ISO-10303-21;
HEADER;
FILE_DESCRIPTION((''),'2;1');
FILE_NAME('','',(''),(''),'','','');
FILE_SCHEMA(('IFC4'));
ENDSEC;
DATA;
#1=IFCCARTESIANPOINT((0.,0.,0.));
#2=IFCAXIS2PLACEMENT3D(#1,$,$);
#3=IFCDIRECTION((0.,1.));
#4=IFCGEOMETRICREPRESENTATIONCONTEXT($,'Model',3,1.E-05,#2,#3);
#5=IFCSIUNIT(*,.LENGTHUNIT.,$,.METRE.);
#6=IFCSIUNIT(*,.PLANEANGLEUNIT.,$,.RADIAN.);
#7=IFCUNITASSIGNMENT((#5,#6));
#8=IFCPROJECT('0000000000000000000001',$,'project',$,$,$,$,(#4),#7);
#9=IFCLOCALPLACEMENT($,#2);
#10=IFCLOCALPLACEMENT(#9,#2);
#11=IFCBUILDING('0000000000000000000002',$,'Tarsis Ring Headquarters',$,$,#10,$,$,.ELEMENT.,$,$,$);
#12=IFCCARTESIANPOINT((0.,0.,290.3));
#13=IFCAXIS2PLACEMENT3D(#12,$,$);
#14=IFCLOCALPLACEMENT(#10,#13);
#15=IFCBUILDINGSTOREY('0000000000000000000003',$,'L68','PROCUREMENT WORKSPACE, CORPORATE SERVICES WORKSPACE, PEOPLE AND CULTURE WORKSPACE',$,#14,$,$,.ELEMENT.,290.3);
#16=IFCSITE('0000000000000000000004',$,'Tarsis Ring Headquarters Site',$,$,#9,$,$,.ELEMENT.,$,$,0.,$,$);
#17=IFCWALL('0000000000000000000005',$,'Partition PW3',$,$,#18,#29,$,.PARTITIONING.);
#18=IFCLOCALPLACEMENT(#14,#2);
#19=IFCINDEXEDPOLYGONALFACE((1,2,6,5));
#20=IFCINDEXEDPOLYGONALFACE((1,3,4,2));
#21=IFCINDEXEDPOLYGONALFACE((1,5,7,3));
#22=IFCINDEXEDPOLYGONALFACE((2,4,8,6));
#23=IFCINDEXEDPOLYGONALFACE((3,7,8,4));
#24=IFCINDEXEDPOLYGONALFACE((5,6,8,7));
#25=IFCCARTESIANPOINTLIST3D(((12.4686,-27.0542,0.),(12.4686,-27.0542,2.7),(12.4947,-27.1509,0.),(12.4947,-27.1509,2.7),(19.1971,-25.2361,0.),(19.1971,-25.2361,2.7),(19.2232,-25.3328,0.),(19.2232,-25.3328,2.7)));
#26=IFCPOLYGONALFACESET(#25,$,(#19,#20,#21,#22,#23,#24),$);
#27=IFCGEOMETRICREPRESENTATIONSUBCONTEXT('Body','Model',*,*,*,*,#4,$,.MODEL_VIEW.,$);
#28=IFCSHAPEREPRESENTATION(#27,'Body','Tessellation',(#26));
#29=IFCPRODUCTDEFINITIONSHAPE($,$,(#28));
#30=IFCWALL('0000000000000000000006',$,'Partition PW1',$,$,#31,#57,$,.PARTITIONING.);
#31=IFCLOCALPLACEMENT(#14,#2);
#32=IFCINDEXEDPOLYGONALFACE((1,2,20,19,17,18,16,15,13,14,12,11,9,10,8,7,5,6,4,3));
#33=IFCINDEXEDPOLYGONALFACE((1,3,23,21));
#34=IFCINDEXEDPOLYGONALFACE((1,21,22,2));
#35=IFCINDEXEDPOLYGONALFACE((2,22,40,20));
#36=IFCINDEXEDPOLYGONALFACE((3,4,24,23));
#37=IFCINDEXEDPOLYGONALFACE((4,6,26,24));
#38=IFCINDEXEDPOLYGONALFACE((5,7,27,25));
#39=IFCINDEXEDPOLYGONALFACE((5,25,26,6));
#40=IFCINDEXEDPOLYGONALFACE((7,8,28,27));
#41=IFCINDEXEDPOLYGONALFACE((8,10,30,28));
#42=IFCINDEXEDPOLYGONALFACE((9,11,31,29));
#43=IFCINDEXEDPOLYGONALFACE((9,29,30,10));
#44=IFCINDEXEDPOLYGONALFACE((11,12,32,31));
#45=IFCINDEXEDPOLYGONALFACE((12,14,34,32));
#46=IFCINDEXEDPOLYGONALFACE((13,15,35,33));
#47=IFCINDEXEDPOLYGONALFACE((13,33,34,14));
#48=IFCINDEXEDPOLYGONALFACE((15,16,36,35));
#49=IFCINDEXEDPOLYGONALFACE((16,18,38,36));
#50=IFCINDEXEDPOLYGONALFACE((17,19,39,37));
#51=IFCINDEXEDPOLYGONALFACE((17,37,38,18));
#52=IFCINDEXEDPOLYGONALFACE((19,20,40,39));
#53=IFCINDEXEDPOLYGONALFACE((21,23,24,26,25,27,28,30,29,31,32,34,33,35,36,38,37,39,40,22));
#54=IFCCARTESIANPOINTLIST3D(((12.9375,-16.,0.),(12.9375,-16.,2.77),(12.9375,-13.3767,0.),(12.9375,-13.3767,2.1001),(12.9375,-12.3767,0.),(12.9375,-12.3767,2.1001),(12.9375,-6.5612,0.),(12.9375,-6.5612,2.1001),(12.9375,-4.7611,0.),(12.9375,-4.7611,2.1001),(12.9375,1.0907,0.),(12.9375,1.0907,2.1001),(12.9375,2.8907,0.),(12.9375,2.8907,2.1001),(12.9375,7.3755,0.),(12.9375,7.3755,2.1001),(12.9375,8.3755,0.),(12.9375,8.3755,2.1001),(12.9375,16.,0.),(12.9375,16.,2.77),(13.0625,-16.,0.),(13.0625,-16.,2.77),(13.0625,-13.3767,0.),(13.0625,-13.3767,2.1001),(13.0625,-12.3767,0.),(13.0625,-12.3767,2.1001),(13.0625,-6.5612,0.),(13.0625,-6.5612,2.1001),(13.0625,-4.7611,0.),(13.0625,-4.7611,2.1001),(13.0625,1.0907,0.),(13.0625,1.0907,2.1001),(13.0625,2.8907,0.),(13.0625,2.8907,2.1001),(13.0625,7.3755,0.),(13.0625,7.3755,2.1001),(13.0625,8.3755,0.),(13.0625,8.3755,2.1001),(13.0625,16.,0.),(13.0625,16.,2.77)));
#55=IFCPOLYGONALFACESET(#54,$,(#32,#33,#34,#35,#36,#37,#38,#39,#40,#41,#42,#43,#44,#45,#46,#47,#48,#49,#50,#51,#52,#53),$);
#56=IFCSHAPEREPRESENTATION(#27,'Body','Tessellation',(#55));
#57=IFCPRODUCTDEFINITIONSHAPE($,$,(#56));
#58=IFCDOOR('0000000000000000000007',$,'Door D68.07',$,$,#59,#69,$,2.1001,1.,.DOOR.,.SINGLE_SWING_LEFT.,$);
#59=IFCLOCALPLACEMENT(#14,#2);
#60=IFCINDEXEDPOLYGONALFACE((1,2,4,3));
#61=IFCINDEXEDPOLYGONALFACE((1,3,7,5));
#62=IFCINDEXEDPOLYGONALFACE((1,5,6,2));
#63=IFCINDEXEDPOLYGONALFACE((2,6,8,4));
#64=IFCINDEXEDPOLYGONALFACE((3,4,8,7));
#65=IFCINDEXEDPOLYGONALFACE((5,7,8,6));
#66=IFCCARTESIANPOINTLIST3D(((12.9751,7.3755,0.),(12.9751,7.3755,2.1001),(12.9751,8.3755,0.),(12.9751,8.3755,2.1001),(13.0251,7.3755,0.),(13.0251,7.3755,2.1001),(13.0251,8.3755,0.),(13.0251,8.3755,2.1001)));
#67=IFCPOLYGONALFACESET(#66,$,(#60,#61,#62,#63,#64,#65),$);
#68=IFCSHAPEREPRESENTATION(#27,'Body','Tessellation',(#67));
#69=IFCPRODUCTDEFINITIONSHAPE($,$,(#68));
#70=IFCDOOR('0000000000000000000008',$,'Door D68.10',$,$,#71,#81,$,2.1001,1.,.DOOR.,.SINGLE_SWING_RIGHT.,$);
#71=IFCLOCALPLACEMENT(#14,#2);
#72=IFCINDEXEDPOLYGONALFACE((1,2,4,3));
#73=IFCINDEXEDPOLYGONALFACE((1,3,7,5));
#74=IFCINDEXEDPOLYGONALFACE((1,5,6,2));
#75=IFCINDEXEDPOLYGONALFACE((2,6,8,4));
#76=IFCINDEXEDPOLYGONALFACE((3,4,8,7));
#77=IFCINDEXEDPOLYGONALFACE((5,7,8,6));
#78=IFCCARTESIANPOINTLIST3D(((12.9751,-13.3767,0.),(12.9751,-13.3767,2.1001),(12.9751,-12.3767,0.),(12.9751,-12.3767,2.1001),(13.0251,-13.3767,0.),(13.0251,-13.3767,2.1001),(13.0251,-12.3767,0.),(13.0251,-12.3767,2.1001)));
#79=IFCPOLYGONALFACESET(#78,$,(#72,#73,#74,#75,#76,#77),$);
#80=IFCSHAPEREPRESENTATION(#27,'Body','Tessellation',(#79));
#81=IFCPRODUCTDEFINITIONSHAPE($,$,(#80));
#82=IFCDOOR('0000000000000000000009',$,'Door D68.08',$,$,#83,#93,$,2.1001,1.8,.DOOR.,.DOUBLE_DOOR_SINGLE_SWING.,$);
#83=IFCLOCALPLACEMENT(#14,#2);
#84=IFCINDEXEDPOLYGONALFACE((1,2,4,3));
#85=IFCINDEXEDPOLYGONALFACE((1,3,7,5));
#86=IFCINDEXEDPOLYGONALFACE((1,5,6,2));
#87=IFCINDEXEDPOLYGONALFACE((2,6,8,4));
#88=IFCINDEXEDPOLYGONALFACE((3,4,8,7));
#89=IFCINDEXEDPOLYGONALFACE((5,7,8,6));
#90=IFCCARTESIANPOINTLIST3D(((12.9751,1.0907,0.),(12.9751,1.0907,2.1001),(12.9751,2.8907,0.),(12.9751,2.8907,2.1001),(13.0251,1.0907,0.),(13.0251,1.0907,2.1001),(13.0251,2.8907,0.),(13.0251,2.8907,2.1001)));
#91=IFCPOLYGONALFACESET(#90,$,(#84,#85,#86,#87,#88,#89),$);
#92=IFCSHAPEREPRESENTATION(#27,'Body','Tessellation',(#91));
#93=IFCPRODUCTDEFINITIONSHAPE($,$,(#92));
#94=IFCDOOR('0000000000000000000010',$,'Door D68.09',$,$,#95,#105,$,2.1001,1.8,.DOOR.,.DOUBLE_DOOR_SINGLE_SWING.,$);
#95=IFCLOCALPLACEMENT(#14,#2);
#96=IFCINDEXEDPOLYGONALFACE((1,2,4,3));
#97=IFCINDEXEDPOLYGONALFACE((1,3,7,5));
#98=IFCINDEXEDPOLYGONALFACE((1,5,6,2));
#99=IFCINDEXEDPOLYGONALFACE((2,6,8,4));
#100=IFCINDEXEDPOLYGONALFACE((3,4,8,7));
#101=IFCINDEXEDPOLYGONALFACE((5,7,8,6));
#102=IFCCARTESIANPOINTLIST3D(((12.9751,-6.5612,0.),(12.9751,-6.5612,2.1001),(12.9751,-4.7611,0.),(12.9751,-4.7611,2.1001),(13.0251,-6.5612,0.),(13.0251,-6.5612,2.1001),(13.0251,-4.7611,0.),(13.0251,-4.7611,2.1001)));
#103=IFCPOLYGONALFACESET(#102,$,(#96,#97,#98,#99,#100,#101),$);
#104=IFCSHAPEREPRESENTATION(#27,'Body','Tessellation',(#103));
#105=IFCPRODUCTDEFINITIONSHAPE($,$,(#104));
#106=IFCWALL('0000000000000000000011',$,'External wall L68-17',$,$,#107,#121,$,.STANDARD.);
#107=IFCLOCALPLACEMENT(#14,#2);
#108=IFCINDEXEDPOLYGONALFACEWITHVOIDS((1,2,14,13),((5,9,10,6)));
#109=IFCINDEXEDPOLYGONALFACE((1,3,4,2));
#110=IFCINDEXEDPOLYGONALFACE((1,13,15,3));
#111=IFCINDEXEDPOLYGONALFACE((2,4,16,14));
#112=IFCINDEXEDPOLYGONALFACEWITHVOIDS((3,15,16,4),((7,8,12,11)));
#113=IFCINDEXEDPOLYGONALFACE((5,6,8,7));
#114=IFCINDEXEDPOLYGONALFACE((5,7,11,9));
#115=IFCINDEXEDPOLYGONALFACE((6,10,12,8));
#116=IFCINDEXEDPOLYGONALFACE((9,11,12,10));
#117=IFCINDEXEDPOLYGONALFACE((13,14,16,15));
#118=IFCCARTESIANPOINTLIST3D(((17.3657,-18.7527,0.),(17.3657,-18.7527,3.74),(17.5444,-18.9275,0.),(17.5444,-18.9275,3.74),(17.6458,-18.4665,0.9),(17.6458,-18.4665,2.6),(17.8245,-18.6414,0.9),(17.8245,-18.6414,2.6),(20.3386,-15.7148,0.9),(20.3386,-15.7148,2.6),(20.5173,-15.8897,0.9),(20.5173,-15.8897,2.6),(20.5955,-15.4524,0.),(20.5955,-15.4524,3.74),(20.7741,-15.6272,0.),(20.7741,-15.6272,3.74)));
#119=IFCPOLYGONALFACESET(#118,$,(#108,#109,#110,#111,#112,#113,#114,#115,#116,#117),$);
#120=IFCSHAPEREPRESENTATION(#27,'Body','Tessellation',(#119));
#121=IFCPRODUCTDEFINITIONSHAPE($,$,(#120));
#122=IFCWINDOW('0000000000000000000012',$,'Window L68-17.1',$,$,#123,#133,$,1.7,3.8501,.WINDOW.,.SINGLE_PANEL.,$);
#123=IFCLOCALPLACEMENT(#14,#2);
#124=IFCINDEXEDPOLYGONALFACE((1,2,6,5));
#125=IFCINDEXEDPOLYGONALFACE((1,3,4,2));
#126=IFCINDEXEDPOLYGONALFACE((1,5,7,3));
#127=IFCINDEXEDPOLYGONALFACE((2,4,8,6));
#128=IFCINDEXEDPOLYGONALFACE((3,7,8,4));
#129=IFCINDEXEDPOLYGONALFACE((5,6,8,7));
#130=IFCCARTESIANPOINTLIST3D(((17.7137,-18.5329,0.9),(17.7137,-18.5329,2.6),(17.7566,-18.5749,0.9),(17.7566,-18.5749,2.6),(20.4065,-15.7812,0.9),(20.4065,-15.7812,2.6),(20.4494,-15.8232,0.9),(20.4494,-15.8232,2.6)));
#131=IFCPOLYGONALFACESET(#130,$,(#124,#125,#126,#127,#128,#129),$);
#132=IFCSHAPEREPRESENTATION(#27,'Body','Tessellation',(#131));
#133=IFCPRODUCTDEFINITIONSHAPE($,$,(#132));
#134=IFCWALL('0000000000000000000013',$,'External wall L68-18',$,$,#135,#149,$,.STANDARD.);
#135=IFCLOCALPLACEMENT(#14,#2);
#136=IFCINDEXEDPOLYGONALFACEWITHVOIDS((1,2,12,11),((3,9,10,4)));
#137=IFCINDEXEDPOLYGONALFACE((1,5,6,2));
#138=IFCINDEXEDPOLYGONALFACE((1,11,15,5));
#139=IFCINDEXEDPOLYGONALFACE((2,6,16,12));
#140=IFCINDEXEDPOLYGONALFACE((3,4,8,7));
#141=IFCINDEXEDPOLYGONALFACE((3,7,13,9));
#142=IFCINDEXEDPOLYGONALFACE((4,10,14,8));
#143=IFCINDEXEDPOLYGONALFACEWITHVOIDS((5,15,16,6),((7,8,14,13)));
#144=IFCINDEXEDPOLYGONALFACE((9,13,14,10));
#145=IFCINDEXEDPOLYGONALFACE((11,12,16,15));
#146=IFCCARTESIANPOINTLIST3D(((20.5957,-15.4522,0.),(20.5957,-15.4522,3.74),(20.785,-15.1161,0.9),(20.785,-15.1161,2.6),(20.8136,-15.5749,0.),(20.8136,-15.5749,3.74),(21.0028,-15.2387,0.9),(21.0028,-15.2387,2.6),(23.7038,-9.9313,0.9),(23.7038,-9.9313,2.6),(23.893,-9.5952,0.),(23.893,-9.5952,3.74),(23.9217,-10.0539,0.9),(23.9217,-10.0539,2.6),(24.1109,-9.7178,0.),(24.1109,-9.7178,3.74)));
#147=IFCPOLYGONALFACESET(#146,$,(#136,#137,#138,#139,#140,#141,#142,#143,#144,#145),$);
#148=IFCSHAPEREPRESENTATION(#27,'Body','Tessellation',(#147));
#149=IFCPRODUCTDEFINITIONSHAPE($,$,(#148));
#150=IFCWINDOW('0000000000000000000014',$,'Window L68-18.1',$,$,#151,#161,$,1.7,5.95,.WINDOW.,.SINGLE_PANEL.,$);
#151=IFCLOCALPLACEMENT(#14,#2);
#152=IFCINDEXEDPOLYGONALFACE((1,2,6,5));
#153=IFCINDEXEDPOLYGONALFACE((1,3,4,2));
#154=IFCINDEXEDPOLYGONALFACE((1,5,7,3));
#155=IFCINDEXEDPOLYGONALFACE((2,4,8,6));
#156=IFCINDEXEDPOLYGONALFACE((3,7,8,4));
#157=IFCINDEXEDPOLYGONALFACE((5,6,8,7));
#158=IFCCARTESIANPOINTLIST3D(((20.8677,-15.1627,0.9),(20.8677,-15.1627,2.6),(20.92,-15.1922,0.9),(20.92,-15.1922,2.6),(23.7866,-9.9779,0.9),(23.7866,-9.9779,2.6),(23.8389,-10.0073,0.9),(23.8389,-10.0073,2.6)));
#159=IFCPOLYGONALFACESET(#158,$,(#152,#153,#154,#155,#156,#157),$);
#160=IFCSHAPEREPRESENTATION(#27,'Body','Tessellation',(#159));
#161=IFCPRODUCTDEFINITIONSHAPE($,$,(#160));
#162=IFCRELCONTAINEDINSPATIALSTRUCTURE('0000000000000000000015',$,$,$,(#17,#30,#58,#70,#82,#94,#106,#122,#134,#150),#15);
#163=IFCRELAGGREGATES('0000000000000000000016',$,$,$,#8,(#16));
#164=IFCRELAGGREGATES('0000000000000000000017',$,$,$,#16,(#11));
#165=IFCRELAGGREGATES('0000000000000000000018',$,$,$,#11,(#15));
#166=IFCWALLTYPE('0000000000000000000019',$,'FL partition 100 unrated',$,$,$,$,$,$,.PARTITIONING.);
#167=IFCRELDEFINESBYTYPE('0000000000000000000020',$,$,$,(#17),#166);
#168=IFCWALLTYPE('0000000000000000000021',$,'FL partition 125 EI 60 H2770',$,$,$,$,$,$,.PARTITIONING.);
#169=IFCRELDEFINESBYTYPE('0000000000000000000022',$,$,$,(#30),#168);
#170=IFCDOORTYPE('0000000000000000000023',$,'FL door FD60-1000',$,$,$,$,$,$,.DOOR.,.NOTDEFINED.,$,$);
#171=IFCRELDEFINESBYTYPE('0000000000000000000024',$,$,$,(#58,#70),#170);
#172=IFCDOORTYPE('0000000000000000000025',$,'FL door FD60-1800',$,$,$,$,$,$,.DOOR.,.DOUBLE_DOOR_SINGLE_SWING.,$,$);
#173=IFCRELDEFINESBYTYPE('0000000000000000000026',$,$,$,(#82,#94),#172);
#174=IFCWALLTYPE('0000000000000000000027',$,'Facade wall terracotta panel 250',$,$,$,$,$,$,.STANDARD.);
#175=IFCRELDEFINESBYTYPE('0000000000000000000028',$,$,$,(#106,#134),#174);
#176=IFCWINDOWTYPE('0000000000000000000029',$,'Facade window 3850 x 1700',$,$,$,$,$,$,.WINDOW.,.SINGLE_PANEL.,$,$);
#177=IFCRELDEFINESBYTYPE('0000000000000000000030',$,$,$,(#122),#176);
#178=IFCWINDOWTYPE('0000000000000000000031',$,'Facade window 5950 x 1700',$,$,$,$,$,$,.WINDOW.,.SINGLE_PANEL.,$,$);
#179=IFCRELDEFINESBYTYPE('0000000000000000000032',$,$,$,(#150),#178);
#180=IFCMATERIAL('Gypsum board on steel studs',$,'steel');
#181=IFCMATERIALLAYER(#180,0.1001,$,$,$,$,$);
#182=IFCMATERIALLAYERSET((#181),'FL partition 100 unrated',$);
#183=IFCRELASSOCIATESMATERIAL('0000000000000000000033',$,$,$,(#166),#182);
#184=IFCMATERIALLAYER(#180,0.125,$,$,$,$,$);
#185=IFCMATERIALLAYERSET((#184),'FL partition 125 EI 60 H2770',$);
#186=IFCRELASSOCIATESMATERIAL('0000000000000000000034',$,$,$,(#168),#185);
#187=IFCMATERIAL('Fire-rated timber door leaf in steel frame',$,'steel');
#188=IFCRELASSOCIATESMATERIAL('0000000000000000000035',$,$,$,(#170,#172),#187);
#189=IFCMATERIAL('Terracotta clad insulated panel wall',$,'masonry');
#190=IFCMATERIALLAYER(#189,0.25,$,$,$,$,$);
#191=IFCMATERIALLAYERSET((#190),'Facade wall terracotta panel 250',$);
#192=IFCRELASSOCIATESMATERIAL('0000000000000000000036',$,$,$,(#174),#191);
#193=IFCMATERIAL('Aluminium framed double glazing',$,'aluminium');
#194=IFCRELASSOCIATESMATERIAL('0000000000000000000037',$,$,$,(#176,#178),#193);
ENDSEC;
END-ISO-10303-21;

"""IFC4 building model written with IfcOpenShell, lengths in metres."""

from ifc_helpers import new_model, si_unit, direction, frame, frame_2d, origin, place, context, subcontext, project, spatial, rectangle, extrude, material, layer, layer_set, type_object, element, fill, save


model = new_model("IFC4")

# Units and contexts
model_context = context("Model", 3, precision=1e-05, world=origin(), true_north=direction((0.0, 1.0)))
body_context = subcontext(model_context, "Body", "Model", "MODEL_VIEW")
ifc_project = project(units=[si_unit("LENGTHUNIT", "METRE"), si_unit("PLANEANGLEUNIT", "RADIAN")], contexts=[model_context])

# Site, building, storey
site_placement = place(None, origin())
site = spatial("IfcSite", under=ifc_project, at=site_placement, Name="Tarsis Ring Headquarters Site", CompositionType="ELEMENT", RefElevation=0.0)
building_placement = place(site_placement, origin())
building = spatial("IfcBuilding", under=site, at=building_placement, Name="Tarsis Ring Headquarters", CompositionType="ELEMENT")
storey_placement = place(building_placement, frame((0.0, 0.0, 290.3)))
storey = spatial("IfcBuildingStorey", under=building, at=storey_placement, Name="L68", Description="PROCUREMENT WORKSPACE, CORPORATE SERVICES WORKSPACE, PEOPLE AND CULTURE WORKSPACE", CompositionType="ELEMENT", Elevation=290.3)

# Wall
ifc_material_1 = material(Name="Gypsum board on steel studs", Category="steel")
ifc_layer_1 = layer(ifc_material_1, 0.1001)
ifc_layer_set_1 = layer_set([ifc_layer_1], Name="FL partition 100 unrated")
wall_type_1 = type_object("IfcWallType", Name="FL partition 100 unrated", PredefinedType="PARTITIONING", material=ifc_layer_set_1)
wall_1_placement = place(storey_placement, frame((12.4817, -27.1025, 0.0), z_axis=(0.0, 0.0, 1.0), x_axis=(0.965378, 0.260855, 0.0)))
element("IfcWall", 1, at=wall_1_placement, inside=storey, type_object=wall_type_1, Name="Partition PW3", PredefinedType="PARTITIONING", context=body_context, shape_type="SweptSolid", body=[
    extrude(rectangle(XDim=6.9697, YDim=0.1001, at=frame_2d((3.4849, 0.0))), origin(), (0.0, 0.0, 1.0), 2.7),
])

# Wall, openings, doors
ifc_layer_2 = layer(ifc_material_1, 0.125)
ifc_layer_set_2 = layer_set([ifc_layer_2], Name="FL partition 125 EI 60 H2770")
wall_type_2 = type_object("IfcWallType", Name="FL partition 125 EI 60 H2770", PredefinedType="PARTITIONING", material=ifc_layer_set_2)
wall_2_placement = place(storey_placement, frame((13.0, -16.0, 0.0), z_axis=(0.0, 0.0, 1.0), x_axis=(0.0, 1.0, 0.0)))
wall_2 = element("IfcWall", 2, at=wall_2_placement, inside=storey, type_object=wall_type_2, Name="Partition PW1", PredefinedType="PARTITIONING", context=body_context, shape_type="SweptSolid", body=[
    extrude(rectangle(XDim=32.0, YDim=0.125, at=frame_2d((16.0, 0.0))), origin(), (0.0, 0.0, 1.0), 2.77),
])
opening_1_placement = place(wall_2_placement, frame((23.3755, 0.0, 0.0)))
opening_1 = element("IfcOpeningElement", 3, at=opening_1_placement, cuts=wall_2, PredefinedType="OPENING", context=body_context, shape_type="SweptSolid", body=[
    extrude(rectangle(XDim=1.0, YDim=2.1001, at=frame_2d((0.5, 1.05))), frame((0.0, 0.0725, 0.0), z_axis=(0.0, -1.0, 0.0), x_axis=(1.0, 0.0, 0.0)), (0.0, 0.0, 1.0), 0.145),
])
opening_2_placement = place(wall_2_placement, frame((17.0908, 0.0, 0.0)))
opening_2 = element("IfcOpeningElement", 4, at=opening_2_placement, cuts=wall_2, PredefinedType="OPENING", context=body_context, shape_type="SweptSolid", body=[
    extrude(rectangle(XDim=1.8, YDim=2.1001, at=frame_2d((0.8999, 1.05))), frame((0.0, 0.0725, 0.0), z_axis=(0.0, -1.0, 0.0), x_axis=(1.0, 0.0, 0.0)), (0.0, 0.0, 1.0), 0.145),
])
opening_3_placement = place(wall_2_placement, frame((9.439, 0.0, 0.0)))
opening_3 = element("IfcOpeningElement", 5, at=opening_3_placement, cuts=wall_2, PredefinedType="OPENING", context=body_context, shape_type="SweptSolid", body=[
    extrude(rectangle(XDim=1.8, YDim=2.1001, at=frame_2d((0.8999, 1.05))), frame((0.0, 0.0725, 0.0), z_axis=(0.0, -1.0, 0.0), x_axis=(1.0, 0.0, 0.0)), (0.0, 0.0, 1.0), 0.145),
])
opening_4_placement = place(wall_2_placement, frame((2.6233, 0.0, 0.0)))
opening_4 = element("IfcOpeningElement", 6, at=opening_4_placement, cuts=wall_2, PredefinedType="OPENING", context=body_context, shape_type="SweptSolid", body=[
    extrude(rectangle(XDim=1.0, YDim=2.1001, at=frame_2d((0.5, 1.05))), frame((0.0, 0.0725, 0.0), z_axis=(0.0, -1.0, 0.0), x_axis=(1.0, 0.0, 0.0)), (0.0, 0.0, 1.0), 0.145),
])
ifc_material_2 = material(Name="Fire-rated timber door leaf in steel frame", Category="steel")
door_type_1 = type_object("IfcDoorType", Name="FL door FD60-1000", OperationType="NOTDEFINED", PredefinedType="DOOR", material=ifc_material_2)
door_1_placement = place(opening_1_placement, origin())
door_1 = element("IfcDoor", 7, at=door_1_placement, inside=storey, type_object=door_type_1, Name="Door D68.07", OperationType="SINGLE_SWING_LEFT", OverallHeight=2.1001, OverallWidth=1.0, PredefinedType="DOOR", context=body_context, shape_type="SweptSolid", body=[
    extrude(rectangle(XDim=1.0, YDim=2.1001, at=frame_2d((0.5, 1.05))), frame((0.0, 0.0249, 0.0), z_axis=(0.0, -1.0, 0.0), x_axis=(1.0, 0.0, 0.0)), (0.0, 0.0, 1.0), 0.05),
])
fill(opening_1, door_1)
door_2_placement = place(opening_4_placement, origin())
door_2 = element("IfcDoor", 8, at=door_2_placement, inside=storey, type_object=door_type_1, Name="Door D68.10", OperationType="SINGLE_SWING_RIGHT", OverallHeight=2.1001, OverallWidth=1.0, PredefinedType="DOOR", context=body_context, shape_type="SweptSolid", body=[
    extrude(rectangle(XDim=1.0, YDim=2.1001, at=frame_2d((0.5, 1.05))), frame((0.0, 0.0249, 0.0), z_axis=(0.0, -1.0, 0.0), x_axis=(1.0, 0.0, 0.0)), (0.0, 0.0, 1.0), 0.05),
])
fill(opening_4, door_2)
door_type_2 = type_object("IfcDoorType", Name="FL door FD60-1800", OperationType="DOUBLE_DOOR_SINGLE_SWING", PredefinedType="DOOR", material=ifc_material_2)
door_3_placement = place(opening_2_placement, origin())
door_3 = element("IfcDoor", 9, at=door_3_placement, inside=storey, type_object=door_type_2, Name="Door D68.08", OperationType="DOUBLE_DOOR_SINGLE_SWING", OverallHeight=2.1001, OverallWidth=1.8, PredefinedType="DOOR", context=body_context, shape_type="SweptSolid", body=[
    extrude(rectangle(XDim=1.8, YDim=2.1001, at=frame_2d((0.8999, 1.05))), frame((0.0, 0.0249, 0.0), z_axis=(0.0, -1.0, 0.0), x_axis=(1.0, 0.0, 0.0)), (0.0, 0.0, 1.0), 0.05),
])
fill(opening_2, door_3)
door_4_placement = place(opening_3_placement, origin())
door_4 = element("IfcDoor", 10, at=door_4_placement, inside=storey, type_object=door_type_2, Name="Door D68.09", OperationType="DOUBLE_DOOR_SINGLE_SWING", OverallHeight=2.1001, OverallWidth=1.8, PredefinedType="DOOR", context=body_context, shape_type="SweptSolid", body=[
    extrude(rectangle(XDim=1.8, YDim=2.1001, at=frame_2d((0.8999, 1.05))), frame((0.0, 0.0249, 0.0), z_axis=(0.0, -1.0, 0.0), x_axis=(1.0, 0.0, 0.0)), (0.0, 0.0, 1.0), 0.05),
])
fill(opening_3, door_4)

# Walls, openings, windows
ifc_material_3 = material(Name="Terracotta clad insulated panel wall", Category="masonry")
ifc_layer_3 = layer(ifc_material_3, 0.25)
ifc_layer_set_3 = layer_set([ifc_layer_3], Name="Facade wall terracotta panel 250")
wall_type_3 = type_object("IfcWallType", Name="Facade wall terracotta panel 250", PredefinedType="STANDARD", material=ifc_layer_set_3)
wall_3_placement = place(storey_placement, frame((17.4551, -18.8401, 0.0), z_axis=(0.0, 0.0, 1.0), x_axis=(0.699426, 0.714705, 0.0)))
wall_3 = element("IfcWall", 11, at=wall_3_placement, inside=storey, type_object=wall_type_3, Name="External wall L68-17", PredefinedType="STANDARD", context=body_context, shape_type="SweptSolid", body=[
    extrude(rectangle(XDim=4.6177, YDim=0.25, at=frame_2d((2.3088, 0.0))), origin(), (0.0, 0.0, 1.0), 3.74),
])
opening_5_placement = place(wall_3_placement, frame((0.4004, 0.0, 0.8999)))
opening_5 = element("IfcOpeningElement", 12, at=opening_5_placement, cuts=wall_3, PredefinedType="OPENING", context=body_context, shape_type="SweptSolid", body=[
    extrude(rectangle(XDim=3.8501, YDim=1.7, at=frame_2d((1.925, 0.8501))), frame((0.0, 0.135, 0.0), z_axis=(0.0, -1.0, 0.0), x_axis=(1.0, 0.0, 0.0)), (0.0, 0.0, 1.0), 0.27),
])
ifc_material_4 = material(Name="Aluminium framed double glazing", Category="aluminium")
window_type_1 = type_object("IfcWindowType", Name="Facade window 3850 x 1700", PartitioningType="SINGLE_PANEL", PredefinedType="WINDOW", material=ifc_material_4)
window_1_placement = place(opening_5_placement, origin())
window_1 = element("IfcWindow", 13, at=window_1_placement, inside=storey, type_object=window_type_1, Name="Window L68-17.1", OverallHeight=1.7, OverallWidth=3.8501, PartitioningType="SINGLE_PANEL", PredefinedType="WINDOW", context=body_context, shape_type="SweptSolid", body=[
    extrude(rectangle(XDim=3.8501, YDim=1.7, at=frame_2d((1.925, 0.8501))), frame((0.0, 0.03, 0.0), z_axis=(0.0, -1.0, 0.0), x_axis=(1.0, 0.0, 0.0)), (0.0, 0.0, 1.0), 0.0601),
])
fill(opening_5, window_1)
wall_4_placement = place(storey_placement, frame((20.7046, -15.5137, 0.0), z_axis=(0.0, 0.0, 1.0), x_axis=(0.490566, 0.871404, 0.0)))
wall_4 = element("IfcWall", 14, at=wall_4_placement, inside=storey, type_object=wall_type_3, Name="External wall L68-18", PredefinedType="STANDARD", context=body_context, shape_type="SweptSolid", body=[
    extrude(rectangle(XDim=6.7214, YDim=0.25, at=frame_2d((3.3608, 0.0))), origin(), (0.0, 0.0, 1.0), 3.74),
])
opening_6_placement = place(wall_4_placement, frame((0.3857, 0.0, 0.8999)))
opening_6 = element("IfcOpeningElement", 15, at=opening_6_placement, cuts=wall_4, PredefinedType="OPENING", context=body_context, shape_type="SweptSolid", body=[
    extrude(rectangle(XDim=5.95, YDim=1.7, at=frame_2d((2.9751, 0.8501))), frame((0.0, 0.135, 0.0), z_axis=(0.0, -1.0, 0.0), x_axis=(1.0, 0.0, 0.0)), (0.0, 0.0, 1.0), 0.27),
])
window_type_2 = type_object("IfcWindowType", Name="Facade window 5950 x 1700", PartitioningType="SINGLE_PANEL", PredefinedType="WINDOW", material=ifc_material_4)
window_2_placement = place(opening_6_placement, origin())
window_2 = element("IfcWindow", 16, at=window_2_placement, inside=storey, type_object=window_type_2, Name="Window L68-18.1", OverallHeight=1.7, OverallWidth=5.95, PartitioningType="SINGLE_PANEL", PredefinedType="WINDOW", context=body_context, shape_type="SweptSolid", body=[
    extrude(rectangle(XDim=5.95, YDim=1.7, at=frame_2d((2.9751, 0.8501))), frame((0.0, 0.03, 0.0), z_axis=(0.0, -1.0, 0.0), x_axis=(1.0, 0.0, 0.0)), (0.0, 0.0, 1.0), 0.0601),
])
fill(opening_6, window_2)

save(model, "model.ifc")
